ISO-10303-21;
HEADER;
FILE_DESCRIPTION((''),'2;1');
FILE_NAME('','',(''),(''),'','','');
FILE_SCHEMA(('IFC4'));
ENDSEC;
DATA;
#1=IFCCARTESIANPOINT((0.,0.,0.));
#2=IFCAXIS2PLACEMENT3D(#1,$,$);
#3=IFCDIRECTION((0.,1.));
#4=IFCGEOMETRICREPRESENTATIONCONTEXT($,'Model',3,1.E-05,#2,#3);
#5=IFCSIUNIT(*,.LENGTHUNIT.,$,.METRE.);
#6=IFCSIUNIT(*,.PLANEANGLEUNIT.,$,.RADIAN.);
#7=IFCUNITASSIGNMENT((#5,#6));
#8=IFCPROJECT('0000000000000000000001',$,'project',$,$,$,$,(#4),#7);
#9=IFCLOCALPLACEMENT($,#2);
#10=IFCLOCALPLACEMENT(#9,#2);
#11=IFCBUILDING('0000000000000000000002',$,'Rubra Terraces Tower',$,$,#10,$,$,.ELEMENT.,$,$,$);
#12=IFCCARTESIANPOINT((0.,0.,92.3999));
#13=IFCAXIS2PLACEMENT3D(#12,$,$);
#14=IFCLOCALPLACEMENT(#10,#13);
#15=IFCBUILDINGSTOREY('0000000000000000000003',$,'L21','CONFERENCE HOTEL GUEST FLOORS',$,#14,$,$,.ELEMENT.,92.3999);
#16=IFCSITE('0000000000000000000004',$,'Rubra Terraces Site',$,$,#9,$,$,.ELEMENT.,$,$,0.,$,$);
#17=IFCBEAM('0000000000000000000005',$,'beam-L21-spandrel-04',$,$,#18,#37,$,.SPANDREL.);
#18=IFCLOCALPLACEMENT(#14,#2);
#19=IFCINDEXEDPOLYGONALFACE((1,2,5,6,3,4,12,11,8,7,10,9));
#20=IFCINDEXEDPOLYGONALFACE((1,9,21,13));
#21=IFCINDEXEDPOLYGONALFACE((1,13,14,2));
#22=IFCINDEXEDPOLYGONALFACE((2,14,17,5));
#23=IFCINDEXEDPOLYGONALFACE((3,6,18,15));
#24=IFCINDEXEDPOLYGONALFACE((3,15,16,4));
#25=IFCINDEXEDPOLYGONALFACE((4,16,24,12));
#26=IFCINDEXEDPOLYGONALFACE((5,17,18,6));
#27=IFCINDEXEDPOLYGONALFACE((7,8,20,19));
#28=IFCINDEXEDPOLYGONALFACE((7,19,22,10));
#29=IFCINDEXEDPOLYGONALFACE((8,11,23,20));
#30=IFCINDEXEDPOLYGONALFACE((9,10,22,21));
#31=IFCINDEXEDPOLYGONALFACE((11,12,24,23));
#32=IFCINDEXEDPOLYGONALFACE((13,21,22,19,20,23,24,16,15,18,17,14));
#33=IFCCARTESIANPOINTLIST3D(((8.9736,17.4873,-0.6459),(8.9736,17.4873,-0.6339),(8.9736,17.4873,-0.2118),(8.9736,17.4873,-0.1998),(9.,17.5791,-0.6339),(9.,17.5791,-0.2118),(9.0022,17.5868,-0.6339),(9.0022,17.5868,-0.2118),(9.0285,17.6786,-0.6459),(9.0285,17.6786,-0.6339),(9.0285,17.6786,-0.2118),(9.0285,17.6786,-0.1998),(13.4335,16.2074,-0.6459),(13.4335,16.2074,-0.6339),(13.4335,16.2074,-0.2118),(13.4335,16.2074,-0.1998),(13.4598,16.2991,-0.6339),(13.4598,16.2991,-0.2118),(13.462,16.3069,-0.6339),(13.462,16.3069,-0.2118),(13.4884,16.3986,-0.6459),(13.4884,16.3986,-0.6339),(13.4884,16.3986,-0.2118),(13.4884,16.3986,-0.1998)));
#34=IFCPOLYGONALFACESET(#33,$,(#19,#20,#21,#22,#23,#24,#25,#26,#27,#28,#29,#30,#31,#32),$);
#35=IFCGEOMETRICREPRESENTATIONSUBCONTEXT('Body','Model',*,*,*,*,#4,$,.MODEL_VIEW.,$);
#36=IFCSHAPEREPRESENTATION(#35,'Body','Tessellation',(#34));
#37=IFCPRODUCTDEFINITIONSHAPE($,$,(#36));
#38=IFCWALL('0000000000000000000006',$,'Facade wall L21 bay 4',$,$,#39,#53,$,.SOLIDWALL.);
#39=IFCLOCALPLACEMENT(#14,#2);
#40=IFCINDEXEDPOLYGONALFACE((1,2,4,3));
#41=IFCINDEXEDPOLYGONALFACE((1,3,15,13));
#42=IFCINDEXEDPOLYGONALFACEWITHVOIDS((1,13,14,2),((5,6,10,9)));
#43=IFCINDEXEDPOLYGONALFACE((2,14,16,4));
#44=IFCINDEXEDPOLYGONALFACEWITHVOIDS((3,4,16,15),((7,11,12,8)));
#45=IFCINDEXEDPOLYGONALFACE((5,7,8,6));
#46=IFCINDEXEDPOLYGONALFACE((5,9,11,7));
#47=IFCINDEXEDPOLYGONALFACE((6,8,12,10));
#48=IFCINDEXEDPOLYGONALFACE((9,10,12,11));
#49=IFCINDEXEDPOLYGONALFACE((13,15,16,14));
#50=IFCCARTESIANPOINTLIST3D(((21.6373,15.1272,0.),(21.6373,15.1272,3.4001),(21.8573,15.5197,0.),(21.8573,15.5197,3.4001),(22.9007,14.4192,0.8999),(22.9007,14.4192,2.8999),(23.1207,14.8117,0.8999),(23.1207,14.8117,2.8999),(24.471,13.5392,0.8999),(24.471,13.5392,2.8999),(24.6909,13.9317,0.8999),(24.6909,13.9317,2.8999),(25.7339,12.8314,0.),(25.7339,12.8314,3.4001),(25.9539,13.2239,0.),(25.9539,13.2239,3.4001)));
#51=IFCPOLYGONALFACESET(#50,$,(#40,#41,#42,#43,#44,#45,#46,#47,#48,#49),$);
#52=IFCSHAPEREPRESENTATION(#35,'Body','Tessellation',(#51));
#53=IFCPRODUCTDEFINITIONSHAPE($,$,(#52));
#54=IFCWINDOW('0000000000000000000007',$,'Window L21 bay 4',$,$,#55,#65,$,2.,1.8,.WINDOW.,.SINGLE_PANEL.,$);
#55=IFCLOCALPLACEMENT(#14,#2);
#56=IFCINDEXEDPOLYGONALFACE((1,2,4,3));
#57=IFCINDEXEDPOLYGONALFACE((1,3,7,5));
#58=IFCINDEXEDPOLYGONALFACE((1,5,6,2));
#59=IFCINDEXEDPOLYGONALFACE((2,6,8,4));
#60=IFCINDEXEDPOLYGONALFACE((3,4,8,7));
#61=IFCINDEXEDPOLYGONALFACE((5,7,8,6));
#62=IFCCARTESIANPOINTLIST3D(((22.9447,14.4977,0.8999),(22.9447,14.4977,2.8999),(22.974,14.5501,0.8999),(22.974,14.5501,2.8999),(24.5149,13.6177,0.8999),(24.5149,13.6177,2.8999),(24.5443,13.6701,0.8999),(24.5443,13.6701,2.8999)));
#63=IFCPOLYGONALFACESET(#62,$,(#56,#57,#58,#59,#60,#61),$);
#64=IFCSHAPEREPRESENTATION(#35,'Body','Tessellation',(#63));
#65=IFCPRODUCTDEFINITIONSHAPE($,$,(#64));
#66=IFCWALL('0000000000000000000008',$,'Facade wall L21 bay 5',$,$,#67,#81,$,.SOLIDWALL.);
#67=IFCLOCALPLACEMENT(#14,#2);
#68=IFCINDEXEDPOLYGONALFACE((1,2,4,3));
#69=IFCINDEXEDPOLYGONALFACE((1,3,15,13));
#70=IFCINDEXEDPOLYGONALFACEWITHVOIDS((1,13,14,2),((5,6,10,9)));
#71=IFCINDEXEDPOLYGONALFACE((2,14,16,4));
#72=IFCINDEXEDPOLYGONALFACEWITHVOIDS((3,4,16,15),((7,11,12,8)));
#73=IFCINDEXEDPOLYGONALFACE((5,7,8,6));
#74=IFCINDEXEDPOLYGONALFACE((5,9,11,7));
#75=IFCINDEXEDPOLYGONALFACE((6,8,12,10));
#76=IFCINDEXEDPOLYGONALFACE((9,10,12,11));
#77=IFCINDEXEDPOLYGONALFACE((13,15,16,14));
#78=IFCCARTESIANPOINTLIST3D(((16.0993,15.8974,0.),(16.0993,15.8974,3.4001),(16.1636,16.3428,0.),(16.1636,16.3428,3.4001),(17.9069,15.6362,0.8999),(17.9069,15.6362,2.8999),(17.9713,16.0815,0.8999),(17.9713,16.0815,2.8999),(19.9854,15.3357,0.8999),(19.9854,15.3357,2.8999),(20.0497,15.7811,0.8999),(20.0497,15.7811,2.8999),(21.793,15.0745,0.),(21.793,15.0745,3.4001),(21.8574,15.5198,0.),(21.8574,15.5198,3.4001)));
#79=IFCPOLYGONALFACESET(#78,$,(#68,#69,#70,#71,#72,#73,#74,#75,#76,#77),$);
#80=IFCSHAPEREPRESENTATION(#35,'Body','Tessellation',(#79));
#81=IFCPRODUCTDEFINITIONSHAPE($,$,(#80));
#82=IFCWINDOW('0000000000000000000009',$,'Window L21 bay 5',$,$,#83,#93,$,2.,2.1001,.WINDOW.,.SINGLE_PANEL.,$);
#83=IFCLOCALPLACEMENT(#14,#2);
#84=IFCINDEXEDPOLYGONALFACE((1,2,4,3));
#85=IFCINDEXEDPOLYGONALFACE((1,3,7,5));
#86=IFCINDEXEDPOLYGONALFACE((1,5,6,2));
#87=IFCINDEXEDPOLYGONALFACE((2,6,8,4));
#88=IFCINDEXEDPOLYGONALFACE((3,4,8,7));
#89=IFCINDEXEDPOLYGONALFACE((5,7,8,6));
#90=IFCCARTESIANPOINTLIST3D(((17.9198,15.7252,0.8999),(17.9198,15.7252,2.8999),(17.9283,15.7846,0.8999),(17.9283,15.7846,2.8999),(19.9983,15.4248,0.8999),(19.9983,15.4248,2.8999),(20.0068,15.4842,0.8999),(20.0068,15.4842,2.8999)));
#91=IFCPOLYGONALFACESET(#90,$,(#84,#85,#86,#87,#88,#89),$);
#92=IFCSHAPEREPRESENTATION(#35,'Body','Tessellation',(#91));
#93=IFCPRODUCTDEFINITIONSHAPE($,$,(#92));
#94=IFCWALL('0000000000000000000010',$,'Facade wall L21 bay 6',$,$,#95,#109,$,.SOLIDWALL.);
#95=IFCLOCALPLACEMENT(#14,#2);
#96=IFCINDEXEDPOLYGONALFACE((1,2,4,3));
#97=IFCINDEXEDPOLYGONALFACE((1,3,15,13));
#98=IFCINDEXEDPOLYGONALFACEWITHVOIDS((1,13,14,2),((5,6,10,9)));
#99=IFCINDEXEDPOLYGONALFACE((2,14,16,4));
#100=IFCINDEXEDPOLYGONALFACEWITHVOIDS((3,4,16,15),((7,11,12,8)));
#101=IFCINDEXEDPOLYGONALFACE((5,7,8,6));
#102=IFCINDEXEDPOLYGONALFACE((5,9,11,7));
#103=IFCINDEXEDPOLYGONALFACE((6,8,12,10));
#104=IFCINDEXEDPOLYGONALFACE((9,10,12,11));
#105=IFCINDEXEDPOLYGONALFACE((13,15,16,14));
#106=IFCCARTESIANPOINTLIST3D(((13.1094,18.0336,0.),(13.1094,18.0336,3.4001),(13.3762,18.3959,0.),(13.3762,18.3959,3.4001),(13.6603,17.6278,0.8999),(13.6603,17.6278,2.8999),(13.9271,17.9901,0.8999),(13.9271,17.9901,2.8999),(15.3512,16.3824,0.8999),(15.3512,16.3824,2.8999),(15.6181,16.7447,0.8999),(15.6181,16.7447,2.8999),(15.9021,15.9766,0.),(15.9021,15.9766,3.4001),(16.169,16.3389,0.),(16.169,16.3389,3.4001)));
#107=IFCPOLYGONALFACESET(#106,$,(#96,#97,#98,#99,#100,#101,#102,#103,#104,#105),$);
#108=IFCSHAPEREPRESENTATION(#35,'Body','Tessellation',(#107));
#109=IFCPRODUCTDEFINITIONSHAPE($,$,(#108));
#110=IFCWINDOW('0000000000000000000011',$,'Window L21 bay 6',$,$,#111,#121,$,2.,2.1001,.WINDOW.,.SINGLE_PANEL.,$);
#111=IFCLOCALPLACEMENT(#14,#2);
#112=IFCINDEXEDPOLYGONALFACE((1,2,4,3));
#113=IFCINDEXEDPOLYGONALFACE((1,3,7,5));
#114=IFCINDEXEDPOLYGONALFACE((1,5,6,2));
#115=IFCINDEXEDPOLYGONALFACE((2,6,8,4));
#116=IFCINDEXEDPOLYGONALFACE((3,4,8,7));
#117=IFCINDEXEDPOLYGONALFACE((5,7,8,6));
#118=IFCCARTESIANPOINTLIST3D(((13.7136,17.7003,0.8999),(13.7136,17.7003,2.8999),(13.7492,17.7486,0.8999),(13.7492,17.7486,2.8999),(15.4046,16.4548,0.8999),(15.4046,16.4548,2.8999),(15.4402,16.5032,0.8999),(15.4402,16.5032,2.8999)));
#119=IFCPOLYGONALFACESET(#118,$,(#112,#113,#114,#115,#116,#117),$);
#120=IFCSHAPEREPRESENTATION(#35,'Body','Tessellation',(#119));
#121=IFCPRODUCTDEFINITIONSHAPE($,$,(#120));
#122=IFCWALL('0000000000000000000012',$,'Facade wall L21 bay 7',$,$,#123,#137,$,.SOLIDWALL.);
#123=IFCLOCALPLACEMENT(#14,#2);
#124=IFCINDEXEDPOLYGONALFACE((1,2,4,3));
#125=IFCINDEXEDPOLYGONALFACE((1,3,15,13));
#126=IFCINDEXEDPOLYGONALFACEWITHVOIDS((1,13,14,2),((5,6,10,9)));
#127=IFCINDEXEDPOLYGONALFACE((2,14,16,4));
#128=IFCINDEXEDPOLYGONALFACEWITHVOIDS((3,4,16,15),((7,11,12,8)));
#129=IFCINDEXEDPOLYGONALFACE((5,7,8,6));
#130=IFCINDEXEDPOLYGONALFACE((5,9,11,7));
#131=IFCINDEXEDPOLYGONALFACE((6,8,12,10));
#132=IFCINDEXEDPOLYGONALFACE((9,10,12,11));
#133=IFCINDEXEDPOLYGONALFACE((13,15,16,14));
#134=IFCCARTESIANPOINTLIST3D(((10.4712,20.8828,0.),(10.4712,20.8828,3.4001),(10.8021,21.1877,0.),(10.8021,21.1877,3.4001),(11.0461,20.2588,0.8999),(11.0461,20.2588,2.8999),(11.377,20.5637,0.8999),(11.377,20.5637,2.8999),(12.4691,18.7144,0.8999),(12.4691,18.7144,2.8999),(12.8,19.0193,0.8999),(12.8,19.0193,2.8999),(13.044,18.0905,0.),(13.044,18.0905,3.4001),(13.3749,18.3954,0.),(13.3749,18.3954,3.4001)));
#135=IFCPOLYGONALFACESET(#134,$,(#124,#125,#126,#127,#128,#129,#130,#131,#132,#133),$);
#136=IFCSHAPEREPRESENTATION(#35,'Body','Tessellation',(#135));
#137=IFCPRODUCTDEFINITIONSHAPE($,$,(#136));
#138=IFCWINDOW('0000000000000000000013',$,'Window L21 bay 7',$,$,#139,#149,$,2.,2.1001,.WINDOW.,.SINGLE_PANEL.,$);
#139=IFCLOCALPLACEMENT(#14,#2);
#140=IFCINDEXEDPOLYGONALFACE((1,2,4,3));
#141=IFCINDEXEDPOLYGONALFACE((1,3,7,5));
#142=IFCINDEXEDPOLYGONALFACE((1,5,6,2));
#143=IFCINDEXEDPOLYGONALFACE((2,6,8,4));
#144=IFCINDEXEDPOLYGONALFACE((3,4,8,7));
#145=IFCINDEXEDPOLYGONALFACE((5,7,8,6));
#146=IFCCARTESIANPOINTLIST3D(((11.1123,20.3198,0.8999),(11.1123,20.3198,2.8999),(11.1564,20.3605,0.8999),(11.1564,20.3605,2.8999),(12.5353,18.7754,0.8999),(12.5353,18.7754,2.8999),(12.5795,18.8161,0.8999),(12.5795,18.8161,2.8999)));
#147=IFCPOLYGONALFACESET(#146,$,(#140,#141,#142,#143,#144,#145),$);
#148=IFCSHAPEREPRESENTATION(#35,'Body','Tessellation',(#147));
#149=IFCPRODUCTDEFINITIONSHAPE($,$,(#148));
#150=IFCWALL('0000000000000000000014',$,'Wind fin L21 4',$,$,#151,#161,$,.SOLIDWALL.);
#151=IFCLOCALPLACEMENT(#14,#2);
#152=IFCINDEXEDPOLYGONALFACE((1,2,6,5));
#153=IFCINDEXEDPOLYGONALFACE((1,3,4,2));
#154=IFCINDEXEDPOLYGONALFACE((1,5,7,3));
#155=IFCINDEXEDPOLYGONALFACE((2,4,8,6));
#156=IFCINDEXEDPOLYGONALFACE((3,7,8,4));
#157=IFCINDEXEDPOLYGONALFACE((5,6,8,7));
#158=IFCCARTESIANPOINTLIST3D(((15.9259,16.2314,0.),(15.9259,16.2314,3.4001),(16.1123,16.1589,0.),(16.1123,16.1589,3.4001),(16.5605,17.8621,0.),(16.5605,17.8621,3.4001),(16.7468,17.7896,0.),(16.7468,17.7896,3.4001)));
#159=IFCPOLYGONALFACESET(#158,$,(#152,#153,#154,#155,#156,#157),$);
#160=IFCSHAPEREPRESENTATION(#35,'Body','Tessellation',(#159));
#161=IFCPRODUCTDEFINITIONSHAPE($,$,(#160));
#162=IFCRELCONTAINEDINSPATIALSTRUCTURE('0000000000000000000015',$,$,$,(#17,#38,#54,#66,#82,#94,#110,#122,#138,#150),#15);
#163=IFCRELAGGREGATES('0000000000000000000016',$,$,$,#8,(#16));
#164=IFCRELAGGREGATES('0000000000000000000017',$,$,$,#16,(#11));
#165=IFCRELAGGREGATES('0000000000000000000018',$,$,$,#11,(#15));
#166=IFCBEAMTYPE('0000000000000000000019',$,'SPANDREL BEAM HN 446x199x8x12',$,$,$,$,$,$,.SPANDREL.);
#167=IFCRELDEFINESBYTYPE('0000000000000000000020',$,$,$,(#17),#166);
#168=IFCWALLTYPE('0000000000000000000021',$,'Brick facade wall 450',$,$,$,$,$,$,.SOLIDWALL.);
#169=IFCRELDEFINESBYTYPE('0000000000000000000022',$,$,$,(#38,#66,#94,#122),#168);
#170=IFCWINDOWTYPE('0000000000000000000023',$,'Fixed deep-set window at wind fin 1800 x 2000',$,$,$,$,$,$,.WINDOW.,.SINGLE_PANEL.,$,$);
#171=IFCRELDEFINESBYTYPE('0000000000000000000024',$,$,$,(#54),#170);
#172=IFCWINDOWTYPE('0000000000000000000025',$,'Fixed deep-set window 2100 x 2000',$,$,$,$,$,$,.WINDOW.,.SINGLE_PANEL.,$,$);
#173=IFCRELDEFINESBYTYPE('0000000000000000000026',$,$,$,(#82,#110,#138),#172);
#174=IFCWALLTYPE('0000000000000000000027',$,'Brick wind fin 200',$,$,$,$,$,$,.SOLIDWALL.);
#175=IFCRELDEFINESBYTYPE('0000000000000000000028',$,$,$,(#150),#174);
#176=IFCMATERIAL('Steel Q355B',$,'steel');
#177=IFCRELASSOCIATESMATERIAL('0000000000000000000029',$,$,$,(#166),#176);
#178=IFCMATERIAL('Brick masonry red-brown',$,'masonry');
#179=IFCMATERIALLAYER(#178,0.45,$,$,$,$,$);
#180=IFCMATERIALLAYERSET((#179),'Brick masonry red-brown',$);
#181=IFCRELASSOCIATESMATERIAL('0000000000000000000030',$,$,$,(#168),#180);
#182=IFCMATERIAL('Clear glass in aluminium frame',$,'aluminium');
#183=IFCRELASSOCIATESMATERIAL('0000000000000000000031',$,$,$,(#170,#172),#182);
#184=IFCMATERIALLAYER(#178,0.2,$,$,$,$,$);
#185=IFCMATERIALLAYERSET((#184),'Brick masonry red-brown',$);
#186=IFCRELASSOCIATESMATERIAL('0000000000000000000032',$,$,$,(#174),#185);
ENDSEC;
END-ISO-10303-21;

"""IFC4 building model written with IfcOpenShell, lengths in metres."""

from ifc_helpers import new_model, si_unit, direction, frame, frame_2d, origin, origin_2d, place, context, subcontext, project, spatial, rectangle, i_section, extrude, material, layer, layer_set, material_profile, profile_set, type_object, element, fill, save


model = new_model("IFC4")

# Units and contexts
model_context = context("Model", 3, precision=1e-05, world=origin(), true_north=direction((0.0, 1.0)))
body_context = subcontext(model_context, "Body", "Model", "MODEL_VIEW")
ifc_project = project(units=[si_unit("LENGTHUNIT", "METRE"), si_unit("PLANEANGLEUNIT", "RADIAN")], contexts=[model_context])

# Site, building, storey
site_placement = place(None, origin())
site = spatial("IfcSite", under=ifc_project, at=site_placement, Name="Rubra Terraces Site", CompositionType="ELEMENT", RefElevation=0.0)
building_placement = place(site_placement, origin())
building = spatial("IfcBuilding", under=site, at=building_placement, Name="Rubra Terraces Tower", CompositionType="ELEMENT")
storey_placement = place(building_placement, frame((0.0, 0.0, 92.3999)))
storey = spatial("IfcBuildingStorey", under=building, at=storey_placement, Name="L21", Description="CONFERENCE HOTEL GUEST FLOORS", CompositionType="ELEMENT", Elevation=92.3999)

# Beam
ifc_material_1 = material(Name="Steel Q355B", Category="steel")
ifc_material_profile_1 = material_profile(ifc_material_1, i_section(OverallWidth=0.199, OverallDepth=0.446, WebThickness=0.0081, FlangeThickness=0.012, at=origin_2d()), Name="HN 446x199x8x12")
ifc_profile_set_1 = profile_set([ifc_material_profile_1], Name="Steel Q355B")
beam_type_1 = type_object("IfcBeamType", Name="SPANDREL BEAM HN 446x199x8x12", PredefinedType="SPANDREL", material=ifc_profile_set_1)
beam_1_placement = place(storey_placement, frame((13.4609, 16.303, -0.4229), z_axis=(-0.961196, 0.275868, 0.0), x_axis=(-0.275868, -0.961196, 0.0)))
element("IfcBeam", 1, at=beam_1_placement, inside=storey, type_object=beam_type_1, Name="beam-L21-spandrel-04", PredefinedType="SPANDREL", context=body_context, shape_type="SweptSolid", body=[
    extrude(i_section(OverallWidth=0.199, OverallDepth=0.446, WebThickness=0.0081, FlangeThickness=0.012, at=origin_2d()), origin(), (0.0, 0.0, 1.0), 4.6399),
])

# Walls, openings, windows
ifc_material_2 = material(Name="Brick masonry red-brown", Category="masonry")
ifc_layer_1 = layer(ifc_material_2, 0.45)
ifc_layer_set_1 = layer_set([ifc_layer_1], Name="Brick masonry red-brown")
wall_type_1 = type_object("IfcWallType", Name="Brick facade wall 450", PredefinedType="SOLIDWALL", material=ifc_layer_set_1)
wall_1_placement = place(storey_placement, frame((25.844, 13.0276, 0.0), z_axis=(0.0, 0.0, 1.0), x_axis=(-0.872346, 0.488888, 0.0)))
wall_1 = element("IfcWall", 2, at=wall_1_placement, inside=storey, type_object=wall_type_1, Name="Facade wall L21 bay 4", PredefinedType="SOLIDWALL", context=body_context, shape_type="SweptSolid", body=[
    extrude(rectangle(XDim=4.696, YDim=0.45, at=frame_2d((2.3481, 0.0))), origin(), (0.0, 0.0, 1.0), 3.4001),
])
opening_1_placement = place(wall_1_placement, frame((1.448, 0.0, 0.8999)))
opening_1 = element("IfcOpeningElement", 3, at=opening_1_placement, cuts=wall_1, PredefinedType="OPENING", context=body_context, shape_type="SweptSolid", body=[
    extrude(rectangle(XDim=1.8, YDim=2.0, at=frame_2d((0.8999, 1.0))), frame((0.0, 0.2349, 0.0), z_axis=(0.0, -1.0, 0.0), x_axis=(1.0, 0.0, 0.0)), (0.0, 0.0, 1.0), 0.47),
])
ifc_material_3 = material(Name="Clear glass in aluminium frame", Category="aluminium")
window_type_1 = type_object("IfcWindowType", Name="Fixed deep-set window at wind fin 1800 x 2000", PartitioningType="SINGLE_PANEL", PredefinedType="WINDOW", material=ifc_material_3)
window_1_placement = place(opening_1_placement, origin())
window_1 = element("IfcWindow", 4, at=window_1_placement, inside=storey, type_object=window_type_1, Name="Window L21 bay 4", OverallHeight=2.0, OverallWidth=1.8, PartitioningType="SINGLE_PANEL", PredefinedType="WINDOW", context=body_context, shape_type="SweptSolid", body=[
    extrude(rectangle(XDim=1.8, YDim=2.0, at=frame_2d((0.8999, 1.0))), frame((0.0, 0.135, 0.0), z_axis=(0.0, -1.0, 0.0), x_axis=(1.0, 0.0, 0.0)), (0.0, 0.0, 1.0), 0.0601),
])
fill(opening_1, window_1)
wall_2_placement = place(storey_placement, frame((21.8252, 15.2971, 0.0), z_axis=(0.0, 0.0, 1.0), x_axis=(-0.989715, 0.143055, 0.0)))
wall_2 = element("IfcWall", 5, at=wall_2_placement, inside=storey, type_object=wall_type_1, Name="Facade wall L21 bay 5", PredefinedType="SOLIDWALL", context=body_context, shape_type="SweptSolid", body=[
    extrude(rectangle(XDim=5.7529, YDim=0.45, at=frame_2d((2.8765, 0.0))), origin(), (0.0, 0.0, 1.0), 3.4001),
])
opening_2_placement = place(wall_2_placement, frame((1.8264, 0.0, 0.8999)))
opening_2 = element("IfcOpeningElement", 6, at=opening_2_placement, cuts=wall_2, PredefinedType="OPENING", context=body_context, shape_type="SweptSolid", body=[
    extrude(rectangle(XDim=2.1001, YDim=2.0, at=frame_2d((1.05, 1.0))), frame((0.0, 0.2349, 0.0), z_axis=(0.0, -1.0, 0.0), x_axis=(1.0, 0.0, 0.0)), (0.0, 0.0, 1.0), 0.47),
])
window_type_2 = type_object("IfcWindowType", Name="Fixed deep-set window 2100 x 2000", PartitioningType="SINGLE_PANEL", PredefinedType="WINDOW", material=ifc_material_3)
window_2_placement = place(opening_2_placement, origin())
window_2 = element("IfcWindow", 7, at=window_2_placement, inside=storey, type_object=window_type_2, Name="Window L21 bay 5", OverallHeight=2.0, OverallWidth=2.1001, PartitioningType="SINGLE_PANEL", PredefinedType="WINDOW", context=body_context, shape_type="SweptSolid", body=[
    extrude(rectangle(XDim=2.1001, YDim=2.0, at=frame_2d((1.05, 1.0))), frame((0.0, 0.135, 0.0), z_axis=(0.0, -1.0, 0.0), x_axis=(1.0, 0.0, 0.0)), (0.0, 0.0, 1.0), 0.0601),
])
fill(opening_2, window_2)
wall_3_placement = place(storey_placement, frame((16.0356, 16.1577, 0.0), z_axis=(0.0, 0.0, 1.0), x_axis=(-0.805181, 0.593029, 0.0)))
wall_3 = element("IfcWall", 8, at=wall_3_placement, inside=storey, type_object=wall_type_1, Name="Facade wall L21 bay 6", PredefinedType="SOLIDWALL", context=body_context, shape_type="SweptSolid", body=[
    extrude(rectangle(XDim=3.4685, YDim=0.45, at=frame_2d((1.7344, 0.0))), origin(), (0.0, 0.0, 1.0), 3.4001),
])
opening_3_placement = place(wall_3_placement, frame((0.6843, 0.0, 0.8999)))
opening_3 = element("IfcOpeningElement", 9, at=opening_3_placement, cuts=wall_3, PredefinedType="OPENING", context=body_context, shape_type="SweptSolid", body=[
    extrude(rectangle(XDim=2.1001, YDim=2.0, at=frame_2d((1.05, 1.0))), frame((0.0, 0.2349, 0.0), z_axis=(0.0, -1.0, 0.0), x_axis=(1.0, 0.0, 0.0)), (0.0, 0.0, 1.0), 0.47),
])
window_3_placement = place(opening_3_placement, origin())
window_3 = element("IfcWindow", 10, at=window_3_placement, inside=storey, type_object=window_type_2, Name="Window L21 bay 6", OverallHeight=2.0, OverallWidth=2.1001, PartitioningType="SINGLE_PANEL", PredefinedType="WINDOW", context=body_context, shape_type="SweptSolid", body=[
    extrude(rectangle(XDim=2.1001, YDim=2.0, at=frame_2d((1.05, 1.0))), frame((0.0, 0.135, 0.0), z_axis=(0.0, -1.0, 0.0), x_axis=(1.0, 0.0, 0.0)), (0.0, 0.0, 1.0), 0.0601),
])
fill(opening_3, window_3)
wall_4_placement = place(storey_placement, frame((13.2095, 18.2429, 0.0), z_axis=(0.0, 0.0, 1.0), x_axis=(-0.677612, 0.735419, 0.0)))
wall_4 = element("IfcWall", 11, at=wall_4_placement, inside=storey, type_object=wall_type_1, Name="Facade wall L21 bay 7", PredefinedType="SOLIDWALL", context=body_context, shape_type="SweptSolid", body=[
    extrude(rectangle(XDim=3.7969, YDim=0.45, at=frame_2d((1.8984, 0.0))), origin(), (0.0, 0.0, 1.0), 3.4001),
])
opening_4_placement = place(wall_4_placement, frame((0.8484, 0.0, 0.8999)))
opening_4 = element("IfcOpeningElement", 12, at=opening_4_placement, cuts=wall_4, PredefinedType="OPENING", context=body_context, shape_type="SweptSolid", body=[
    extrude(rectangle(XDim=2.1001, YDim=2.0, at=frame_2d((1.05, 1.0))), frame((0.0, 0.2349, 0.0), z_axis=(0.0, -1.0, 0.0), x_axis=(1.0, 0.0, 0.0)), (0.0, 0.0, 1.0), 0.47),
])
window_4_placement = place(opening_4_placement, origin())
window_4 = element("IfcWindow", 13, at=window_4_placement, inside=storey, type_object=window_type_2, Name="Window L21 bay 7", OverallHeight=2.0, OverallWidth=2.1001, PartitioningType="SINGLE_PANEL", PredefinedType="WINDOW", context=body_context, shape_type="SweptSolid", body=[
    extrude(rectangle(XDim=2.1001, YDim=2.0, at=frame_2d((1.05, 1.0))), frame((0.0, 0.135, 0.0), z_axis=(0.0, -1.0, 0.0), x_axis=(1.0, 0.0, 0.0)), (0.0, 0.0, 1.0), 0.0601),
])
fill(opening_4, window_4)

# Wall
ifc_layer_2 = layer(ifc_material_2, 0.2)
ifc_layer_set_2 = layer_set([ifc_layer_2], Name="Brick masonry red-brown")
wall_type_2 = type_object("IfcWallType", Name="Brick wind fin 200", PredefinedType="SOLIDWALL", material=ifc_layer_set_2)
wall_5_placement = place(storey_placement, frame((16.019, 16.1951, 0.0), z_axis=(0.0, 0.0, 1.0), x_axis=(0.362642, 0.931929, 0.0)))
element("IfcWall", 14, at=wall_5_placement, inside=storey, type_object=wall_type_2, Name="Wind fin L21 4", PredefinedType="SOLIDWALL", context=body_context, shape_type="SweptSolid", body=[
    extrude(rectangle(XDim=1.7498, YDim=0.2, at=frame_2d((0.875, 0.0))), origin(), (0.0, 0.0, 1.0), 3.4001),
])

save(model, "model.ifc")
